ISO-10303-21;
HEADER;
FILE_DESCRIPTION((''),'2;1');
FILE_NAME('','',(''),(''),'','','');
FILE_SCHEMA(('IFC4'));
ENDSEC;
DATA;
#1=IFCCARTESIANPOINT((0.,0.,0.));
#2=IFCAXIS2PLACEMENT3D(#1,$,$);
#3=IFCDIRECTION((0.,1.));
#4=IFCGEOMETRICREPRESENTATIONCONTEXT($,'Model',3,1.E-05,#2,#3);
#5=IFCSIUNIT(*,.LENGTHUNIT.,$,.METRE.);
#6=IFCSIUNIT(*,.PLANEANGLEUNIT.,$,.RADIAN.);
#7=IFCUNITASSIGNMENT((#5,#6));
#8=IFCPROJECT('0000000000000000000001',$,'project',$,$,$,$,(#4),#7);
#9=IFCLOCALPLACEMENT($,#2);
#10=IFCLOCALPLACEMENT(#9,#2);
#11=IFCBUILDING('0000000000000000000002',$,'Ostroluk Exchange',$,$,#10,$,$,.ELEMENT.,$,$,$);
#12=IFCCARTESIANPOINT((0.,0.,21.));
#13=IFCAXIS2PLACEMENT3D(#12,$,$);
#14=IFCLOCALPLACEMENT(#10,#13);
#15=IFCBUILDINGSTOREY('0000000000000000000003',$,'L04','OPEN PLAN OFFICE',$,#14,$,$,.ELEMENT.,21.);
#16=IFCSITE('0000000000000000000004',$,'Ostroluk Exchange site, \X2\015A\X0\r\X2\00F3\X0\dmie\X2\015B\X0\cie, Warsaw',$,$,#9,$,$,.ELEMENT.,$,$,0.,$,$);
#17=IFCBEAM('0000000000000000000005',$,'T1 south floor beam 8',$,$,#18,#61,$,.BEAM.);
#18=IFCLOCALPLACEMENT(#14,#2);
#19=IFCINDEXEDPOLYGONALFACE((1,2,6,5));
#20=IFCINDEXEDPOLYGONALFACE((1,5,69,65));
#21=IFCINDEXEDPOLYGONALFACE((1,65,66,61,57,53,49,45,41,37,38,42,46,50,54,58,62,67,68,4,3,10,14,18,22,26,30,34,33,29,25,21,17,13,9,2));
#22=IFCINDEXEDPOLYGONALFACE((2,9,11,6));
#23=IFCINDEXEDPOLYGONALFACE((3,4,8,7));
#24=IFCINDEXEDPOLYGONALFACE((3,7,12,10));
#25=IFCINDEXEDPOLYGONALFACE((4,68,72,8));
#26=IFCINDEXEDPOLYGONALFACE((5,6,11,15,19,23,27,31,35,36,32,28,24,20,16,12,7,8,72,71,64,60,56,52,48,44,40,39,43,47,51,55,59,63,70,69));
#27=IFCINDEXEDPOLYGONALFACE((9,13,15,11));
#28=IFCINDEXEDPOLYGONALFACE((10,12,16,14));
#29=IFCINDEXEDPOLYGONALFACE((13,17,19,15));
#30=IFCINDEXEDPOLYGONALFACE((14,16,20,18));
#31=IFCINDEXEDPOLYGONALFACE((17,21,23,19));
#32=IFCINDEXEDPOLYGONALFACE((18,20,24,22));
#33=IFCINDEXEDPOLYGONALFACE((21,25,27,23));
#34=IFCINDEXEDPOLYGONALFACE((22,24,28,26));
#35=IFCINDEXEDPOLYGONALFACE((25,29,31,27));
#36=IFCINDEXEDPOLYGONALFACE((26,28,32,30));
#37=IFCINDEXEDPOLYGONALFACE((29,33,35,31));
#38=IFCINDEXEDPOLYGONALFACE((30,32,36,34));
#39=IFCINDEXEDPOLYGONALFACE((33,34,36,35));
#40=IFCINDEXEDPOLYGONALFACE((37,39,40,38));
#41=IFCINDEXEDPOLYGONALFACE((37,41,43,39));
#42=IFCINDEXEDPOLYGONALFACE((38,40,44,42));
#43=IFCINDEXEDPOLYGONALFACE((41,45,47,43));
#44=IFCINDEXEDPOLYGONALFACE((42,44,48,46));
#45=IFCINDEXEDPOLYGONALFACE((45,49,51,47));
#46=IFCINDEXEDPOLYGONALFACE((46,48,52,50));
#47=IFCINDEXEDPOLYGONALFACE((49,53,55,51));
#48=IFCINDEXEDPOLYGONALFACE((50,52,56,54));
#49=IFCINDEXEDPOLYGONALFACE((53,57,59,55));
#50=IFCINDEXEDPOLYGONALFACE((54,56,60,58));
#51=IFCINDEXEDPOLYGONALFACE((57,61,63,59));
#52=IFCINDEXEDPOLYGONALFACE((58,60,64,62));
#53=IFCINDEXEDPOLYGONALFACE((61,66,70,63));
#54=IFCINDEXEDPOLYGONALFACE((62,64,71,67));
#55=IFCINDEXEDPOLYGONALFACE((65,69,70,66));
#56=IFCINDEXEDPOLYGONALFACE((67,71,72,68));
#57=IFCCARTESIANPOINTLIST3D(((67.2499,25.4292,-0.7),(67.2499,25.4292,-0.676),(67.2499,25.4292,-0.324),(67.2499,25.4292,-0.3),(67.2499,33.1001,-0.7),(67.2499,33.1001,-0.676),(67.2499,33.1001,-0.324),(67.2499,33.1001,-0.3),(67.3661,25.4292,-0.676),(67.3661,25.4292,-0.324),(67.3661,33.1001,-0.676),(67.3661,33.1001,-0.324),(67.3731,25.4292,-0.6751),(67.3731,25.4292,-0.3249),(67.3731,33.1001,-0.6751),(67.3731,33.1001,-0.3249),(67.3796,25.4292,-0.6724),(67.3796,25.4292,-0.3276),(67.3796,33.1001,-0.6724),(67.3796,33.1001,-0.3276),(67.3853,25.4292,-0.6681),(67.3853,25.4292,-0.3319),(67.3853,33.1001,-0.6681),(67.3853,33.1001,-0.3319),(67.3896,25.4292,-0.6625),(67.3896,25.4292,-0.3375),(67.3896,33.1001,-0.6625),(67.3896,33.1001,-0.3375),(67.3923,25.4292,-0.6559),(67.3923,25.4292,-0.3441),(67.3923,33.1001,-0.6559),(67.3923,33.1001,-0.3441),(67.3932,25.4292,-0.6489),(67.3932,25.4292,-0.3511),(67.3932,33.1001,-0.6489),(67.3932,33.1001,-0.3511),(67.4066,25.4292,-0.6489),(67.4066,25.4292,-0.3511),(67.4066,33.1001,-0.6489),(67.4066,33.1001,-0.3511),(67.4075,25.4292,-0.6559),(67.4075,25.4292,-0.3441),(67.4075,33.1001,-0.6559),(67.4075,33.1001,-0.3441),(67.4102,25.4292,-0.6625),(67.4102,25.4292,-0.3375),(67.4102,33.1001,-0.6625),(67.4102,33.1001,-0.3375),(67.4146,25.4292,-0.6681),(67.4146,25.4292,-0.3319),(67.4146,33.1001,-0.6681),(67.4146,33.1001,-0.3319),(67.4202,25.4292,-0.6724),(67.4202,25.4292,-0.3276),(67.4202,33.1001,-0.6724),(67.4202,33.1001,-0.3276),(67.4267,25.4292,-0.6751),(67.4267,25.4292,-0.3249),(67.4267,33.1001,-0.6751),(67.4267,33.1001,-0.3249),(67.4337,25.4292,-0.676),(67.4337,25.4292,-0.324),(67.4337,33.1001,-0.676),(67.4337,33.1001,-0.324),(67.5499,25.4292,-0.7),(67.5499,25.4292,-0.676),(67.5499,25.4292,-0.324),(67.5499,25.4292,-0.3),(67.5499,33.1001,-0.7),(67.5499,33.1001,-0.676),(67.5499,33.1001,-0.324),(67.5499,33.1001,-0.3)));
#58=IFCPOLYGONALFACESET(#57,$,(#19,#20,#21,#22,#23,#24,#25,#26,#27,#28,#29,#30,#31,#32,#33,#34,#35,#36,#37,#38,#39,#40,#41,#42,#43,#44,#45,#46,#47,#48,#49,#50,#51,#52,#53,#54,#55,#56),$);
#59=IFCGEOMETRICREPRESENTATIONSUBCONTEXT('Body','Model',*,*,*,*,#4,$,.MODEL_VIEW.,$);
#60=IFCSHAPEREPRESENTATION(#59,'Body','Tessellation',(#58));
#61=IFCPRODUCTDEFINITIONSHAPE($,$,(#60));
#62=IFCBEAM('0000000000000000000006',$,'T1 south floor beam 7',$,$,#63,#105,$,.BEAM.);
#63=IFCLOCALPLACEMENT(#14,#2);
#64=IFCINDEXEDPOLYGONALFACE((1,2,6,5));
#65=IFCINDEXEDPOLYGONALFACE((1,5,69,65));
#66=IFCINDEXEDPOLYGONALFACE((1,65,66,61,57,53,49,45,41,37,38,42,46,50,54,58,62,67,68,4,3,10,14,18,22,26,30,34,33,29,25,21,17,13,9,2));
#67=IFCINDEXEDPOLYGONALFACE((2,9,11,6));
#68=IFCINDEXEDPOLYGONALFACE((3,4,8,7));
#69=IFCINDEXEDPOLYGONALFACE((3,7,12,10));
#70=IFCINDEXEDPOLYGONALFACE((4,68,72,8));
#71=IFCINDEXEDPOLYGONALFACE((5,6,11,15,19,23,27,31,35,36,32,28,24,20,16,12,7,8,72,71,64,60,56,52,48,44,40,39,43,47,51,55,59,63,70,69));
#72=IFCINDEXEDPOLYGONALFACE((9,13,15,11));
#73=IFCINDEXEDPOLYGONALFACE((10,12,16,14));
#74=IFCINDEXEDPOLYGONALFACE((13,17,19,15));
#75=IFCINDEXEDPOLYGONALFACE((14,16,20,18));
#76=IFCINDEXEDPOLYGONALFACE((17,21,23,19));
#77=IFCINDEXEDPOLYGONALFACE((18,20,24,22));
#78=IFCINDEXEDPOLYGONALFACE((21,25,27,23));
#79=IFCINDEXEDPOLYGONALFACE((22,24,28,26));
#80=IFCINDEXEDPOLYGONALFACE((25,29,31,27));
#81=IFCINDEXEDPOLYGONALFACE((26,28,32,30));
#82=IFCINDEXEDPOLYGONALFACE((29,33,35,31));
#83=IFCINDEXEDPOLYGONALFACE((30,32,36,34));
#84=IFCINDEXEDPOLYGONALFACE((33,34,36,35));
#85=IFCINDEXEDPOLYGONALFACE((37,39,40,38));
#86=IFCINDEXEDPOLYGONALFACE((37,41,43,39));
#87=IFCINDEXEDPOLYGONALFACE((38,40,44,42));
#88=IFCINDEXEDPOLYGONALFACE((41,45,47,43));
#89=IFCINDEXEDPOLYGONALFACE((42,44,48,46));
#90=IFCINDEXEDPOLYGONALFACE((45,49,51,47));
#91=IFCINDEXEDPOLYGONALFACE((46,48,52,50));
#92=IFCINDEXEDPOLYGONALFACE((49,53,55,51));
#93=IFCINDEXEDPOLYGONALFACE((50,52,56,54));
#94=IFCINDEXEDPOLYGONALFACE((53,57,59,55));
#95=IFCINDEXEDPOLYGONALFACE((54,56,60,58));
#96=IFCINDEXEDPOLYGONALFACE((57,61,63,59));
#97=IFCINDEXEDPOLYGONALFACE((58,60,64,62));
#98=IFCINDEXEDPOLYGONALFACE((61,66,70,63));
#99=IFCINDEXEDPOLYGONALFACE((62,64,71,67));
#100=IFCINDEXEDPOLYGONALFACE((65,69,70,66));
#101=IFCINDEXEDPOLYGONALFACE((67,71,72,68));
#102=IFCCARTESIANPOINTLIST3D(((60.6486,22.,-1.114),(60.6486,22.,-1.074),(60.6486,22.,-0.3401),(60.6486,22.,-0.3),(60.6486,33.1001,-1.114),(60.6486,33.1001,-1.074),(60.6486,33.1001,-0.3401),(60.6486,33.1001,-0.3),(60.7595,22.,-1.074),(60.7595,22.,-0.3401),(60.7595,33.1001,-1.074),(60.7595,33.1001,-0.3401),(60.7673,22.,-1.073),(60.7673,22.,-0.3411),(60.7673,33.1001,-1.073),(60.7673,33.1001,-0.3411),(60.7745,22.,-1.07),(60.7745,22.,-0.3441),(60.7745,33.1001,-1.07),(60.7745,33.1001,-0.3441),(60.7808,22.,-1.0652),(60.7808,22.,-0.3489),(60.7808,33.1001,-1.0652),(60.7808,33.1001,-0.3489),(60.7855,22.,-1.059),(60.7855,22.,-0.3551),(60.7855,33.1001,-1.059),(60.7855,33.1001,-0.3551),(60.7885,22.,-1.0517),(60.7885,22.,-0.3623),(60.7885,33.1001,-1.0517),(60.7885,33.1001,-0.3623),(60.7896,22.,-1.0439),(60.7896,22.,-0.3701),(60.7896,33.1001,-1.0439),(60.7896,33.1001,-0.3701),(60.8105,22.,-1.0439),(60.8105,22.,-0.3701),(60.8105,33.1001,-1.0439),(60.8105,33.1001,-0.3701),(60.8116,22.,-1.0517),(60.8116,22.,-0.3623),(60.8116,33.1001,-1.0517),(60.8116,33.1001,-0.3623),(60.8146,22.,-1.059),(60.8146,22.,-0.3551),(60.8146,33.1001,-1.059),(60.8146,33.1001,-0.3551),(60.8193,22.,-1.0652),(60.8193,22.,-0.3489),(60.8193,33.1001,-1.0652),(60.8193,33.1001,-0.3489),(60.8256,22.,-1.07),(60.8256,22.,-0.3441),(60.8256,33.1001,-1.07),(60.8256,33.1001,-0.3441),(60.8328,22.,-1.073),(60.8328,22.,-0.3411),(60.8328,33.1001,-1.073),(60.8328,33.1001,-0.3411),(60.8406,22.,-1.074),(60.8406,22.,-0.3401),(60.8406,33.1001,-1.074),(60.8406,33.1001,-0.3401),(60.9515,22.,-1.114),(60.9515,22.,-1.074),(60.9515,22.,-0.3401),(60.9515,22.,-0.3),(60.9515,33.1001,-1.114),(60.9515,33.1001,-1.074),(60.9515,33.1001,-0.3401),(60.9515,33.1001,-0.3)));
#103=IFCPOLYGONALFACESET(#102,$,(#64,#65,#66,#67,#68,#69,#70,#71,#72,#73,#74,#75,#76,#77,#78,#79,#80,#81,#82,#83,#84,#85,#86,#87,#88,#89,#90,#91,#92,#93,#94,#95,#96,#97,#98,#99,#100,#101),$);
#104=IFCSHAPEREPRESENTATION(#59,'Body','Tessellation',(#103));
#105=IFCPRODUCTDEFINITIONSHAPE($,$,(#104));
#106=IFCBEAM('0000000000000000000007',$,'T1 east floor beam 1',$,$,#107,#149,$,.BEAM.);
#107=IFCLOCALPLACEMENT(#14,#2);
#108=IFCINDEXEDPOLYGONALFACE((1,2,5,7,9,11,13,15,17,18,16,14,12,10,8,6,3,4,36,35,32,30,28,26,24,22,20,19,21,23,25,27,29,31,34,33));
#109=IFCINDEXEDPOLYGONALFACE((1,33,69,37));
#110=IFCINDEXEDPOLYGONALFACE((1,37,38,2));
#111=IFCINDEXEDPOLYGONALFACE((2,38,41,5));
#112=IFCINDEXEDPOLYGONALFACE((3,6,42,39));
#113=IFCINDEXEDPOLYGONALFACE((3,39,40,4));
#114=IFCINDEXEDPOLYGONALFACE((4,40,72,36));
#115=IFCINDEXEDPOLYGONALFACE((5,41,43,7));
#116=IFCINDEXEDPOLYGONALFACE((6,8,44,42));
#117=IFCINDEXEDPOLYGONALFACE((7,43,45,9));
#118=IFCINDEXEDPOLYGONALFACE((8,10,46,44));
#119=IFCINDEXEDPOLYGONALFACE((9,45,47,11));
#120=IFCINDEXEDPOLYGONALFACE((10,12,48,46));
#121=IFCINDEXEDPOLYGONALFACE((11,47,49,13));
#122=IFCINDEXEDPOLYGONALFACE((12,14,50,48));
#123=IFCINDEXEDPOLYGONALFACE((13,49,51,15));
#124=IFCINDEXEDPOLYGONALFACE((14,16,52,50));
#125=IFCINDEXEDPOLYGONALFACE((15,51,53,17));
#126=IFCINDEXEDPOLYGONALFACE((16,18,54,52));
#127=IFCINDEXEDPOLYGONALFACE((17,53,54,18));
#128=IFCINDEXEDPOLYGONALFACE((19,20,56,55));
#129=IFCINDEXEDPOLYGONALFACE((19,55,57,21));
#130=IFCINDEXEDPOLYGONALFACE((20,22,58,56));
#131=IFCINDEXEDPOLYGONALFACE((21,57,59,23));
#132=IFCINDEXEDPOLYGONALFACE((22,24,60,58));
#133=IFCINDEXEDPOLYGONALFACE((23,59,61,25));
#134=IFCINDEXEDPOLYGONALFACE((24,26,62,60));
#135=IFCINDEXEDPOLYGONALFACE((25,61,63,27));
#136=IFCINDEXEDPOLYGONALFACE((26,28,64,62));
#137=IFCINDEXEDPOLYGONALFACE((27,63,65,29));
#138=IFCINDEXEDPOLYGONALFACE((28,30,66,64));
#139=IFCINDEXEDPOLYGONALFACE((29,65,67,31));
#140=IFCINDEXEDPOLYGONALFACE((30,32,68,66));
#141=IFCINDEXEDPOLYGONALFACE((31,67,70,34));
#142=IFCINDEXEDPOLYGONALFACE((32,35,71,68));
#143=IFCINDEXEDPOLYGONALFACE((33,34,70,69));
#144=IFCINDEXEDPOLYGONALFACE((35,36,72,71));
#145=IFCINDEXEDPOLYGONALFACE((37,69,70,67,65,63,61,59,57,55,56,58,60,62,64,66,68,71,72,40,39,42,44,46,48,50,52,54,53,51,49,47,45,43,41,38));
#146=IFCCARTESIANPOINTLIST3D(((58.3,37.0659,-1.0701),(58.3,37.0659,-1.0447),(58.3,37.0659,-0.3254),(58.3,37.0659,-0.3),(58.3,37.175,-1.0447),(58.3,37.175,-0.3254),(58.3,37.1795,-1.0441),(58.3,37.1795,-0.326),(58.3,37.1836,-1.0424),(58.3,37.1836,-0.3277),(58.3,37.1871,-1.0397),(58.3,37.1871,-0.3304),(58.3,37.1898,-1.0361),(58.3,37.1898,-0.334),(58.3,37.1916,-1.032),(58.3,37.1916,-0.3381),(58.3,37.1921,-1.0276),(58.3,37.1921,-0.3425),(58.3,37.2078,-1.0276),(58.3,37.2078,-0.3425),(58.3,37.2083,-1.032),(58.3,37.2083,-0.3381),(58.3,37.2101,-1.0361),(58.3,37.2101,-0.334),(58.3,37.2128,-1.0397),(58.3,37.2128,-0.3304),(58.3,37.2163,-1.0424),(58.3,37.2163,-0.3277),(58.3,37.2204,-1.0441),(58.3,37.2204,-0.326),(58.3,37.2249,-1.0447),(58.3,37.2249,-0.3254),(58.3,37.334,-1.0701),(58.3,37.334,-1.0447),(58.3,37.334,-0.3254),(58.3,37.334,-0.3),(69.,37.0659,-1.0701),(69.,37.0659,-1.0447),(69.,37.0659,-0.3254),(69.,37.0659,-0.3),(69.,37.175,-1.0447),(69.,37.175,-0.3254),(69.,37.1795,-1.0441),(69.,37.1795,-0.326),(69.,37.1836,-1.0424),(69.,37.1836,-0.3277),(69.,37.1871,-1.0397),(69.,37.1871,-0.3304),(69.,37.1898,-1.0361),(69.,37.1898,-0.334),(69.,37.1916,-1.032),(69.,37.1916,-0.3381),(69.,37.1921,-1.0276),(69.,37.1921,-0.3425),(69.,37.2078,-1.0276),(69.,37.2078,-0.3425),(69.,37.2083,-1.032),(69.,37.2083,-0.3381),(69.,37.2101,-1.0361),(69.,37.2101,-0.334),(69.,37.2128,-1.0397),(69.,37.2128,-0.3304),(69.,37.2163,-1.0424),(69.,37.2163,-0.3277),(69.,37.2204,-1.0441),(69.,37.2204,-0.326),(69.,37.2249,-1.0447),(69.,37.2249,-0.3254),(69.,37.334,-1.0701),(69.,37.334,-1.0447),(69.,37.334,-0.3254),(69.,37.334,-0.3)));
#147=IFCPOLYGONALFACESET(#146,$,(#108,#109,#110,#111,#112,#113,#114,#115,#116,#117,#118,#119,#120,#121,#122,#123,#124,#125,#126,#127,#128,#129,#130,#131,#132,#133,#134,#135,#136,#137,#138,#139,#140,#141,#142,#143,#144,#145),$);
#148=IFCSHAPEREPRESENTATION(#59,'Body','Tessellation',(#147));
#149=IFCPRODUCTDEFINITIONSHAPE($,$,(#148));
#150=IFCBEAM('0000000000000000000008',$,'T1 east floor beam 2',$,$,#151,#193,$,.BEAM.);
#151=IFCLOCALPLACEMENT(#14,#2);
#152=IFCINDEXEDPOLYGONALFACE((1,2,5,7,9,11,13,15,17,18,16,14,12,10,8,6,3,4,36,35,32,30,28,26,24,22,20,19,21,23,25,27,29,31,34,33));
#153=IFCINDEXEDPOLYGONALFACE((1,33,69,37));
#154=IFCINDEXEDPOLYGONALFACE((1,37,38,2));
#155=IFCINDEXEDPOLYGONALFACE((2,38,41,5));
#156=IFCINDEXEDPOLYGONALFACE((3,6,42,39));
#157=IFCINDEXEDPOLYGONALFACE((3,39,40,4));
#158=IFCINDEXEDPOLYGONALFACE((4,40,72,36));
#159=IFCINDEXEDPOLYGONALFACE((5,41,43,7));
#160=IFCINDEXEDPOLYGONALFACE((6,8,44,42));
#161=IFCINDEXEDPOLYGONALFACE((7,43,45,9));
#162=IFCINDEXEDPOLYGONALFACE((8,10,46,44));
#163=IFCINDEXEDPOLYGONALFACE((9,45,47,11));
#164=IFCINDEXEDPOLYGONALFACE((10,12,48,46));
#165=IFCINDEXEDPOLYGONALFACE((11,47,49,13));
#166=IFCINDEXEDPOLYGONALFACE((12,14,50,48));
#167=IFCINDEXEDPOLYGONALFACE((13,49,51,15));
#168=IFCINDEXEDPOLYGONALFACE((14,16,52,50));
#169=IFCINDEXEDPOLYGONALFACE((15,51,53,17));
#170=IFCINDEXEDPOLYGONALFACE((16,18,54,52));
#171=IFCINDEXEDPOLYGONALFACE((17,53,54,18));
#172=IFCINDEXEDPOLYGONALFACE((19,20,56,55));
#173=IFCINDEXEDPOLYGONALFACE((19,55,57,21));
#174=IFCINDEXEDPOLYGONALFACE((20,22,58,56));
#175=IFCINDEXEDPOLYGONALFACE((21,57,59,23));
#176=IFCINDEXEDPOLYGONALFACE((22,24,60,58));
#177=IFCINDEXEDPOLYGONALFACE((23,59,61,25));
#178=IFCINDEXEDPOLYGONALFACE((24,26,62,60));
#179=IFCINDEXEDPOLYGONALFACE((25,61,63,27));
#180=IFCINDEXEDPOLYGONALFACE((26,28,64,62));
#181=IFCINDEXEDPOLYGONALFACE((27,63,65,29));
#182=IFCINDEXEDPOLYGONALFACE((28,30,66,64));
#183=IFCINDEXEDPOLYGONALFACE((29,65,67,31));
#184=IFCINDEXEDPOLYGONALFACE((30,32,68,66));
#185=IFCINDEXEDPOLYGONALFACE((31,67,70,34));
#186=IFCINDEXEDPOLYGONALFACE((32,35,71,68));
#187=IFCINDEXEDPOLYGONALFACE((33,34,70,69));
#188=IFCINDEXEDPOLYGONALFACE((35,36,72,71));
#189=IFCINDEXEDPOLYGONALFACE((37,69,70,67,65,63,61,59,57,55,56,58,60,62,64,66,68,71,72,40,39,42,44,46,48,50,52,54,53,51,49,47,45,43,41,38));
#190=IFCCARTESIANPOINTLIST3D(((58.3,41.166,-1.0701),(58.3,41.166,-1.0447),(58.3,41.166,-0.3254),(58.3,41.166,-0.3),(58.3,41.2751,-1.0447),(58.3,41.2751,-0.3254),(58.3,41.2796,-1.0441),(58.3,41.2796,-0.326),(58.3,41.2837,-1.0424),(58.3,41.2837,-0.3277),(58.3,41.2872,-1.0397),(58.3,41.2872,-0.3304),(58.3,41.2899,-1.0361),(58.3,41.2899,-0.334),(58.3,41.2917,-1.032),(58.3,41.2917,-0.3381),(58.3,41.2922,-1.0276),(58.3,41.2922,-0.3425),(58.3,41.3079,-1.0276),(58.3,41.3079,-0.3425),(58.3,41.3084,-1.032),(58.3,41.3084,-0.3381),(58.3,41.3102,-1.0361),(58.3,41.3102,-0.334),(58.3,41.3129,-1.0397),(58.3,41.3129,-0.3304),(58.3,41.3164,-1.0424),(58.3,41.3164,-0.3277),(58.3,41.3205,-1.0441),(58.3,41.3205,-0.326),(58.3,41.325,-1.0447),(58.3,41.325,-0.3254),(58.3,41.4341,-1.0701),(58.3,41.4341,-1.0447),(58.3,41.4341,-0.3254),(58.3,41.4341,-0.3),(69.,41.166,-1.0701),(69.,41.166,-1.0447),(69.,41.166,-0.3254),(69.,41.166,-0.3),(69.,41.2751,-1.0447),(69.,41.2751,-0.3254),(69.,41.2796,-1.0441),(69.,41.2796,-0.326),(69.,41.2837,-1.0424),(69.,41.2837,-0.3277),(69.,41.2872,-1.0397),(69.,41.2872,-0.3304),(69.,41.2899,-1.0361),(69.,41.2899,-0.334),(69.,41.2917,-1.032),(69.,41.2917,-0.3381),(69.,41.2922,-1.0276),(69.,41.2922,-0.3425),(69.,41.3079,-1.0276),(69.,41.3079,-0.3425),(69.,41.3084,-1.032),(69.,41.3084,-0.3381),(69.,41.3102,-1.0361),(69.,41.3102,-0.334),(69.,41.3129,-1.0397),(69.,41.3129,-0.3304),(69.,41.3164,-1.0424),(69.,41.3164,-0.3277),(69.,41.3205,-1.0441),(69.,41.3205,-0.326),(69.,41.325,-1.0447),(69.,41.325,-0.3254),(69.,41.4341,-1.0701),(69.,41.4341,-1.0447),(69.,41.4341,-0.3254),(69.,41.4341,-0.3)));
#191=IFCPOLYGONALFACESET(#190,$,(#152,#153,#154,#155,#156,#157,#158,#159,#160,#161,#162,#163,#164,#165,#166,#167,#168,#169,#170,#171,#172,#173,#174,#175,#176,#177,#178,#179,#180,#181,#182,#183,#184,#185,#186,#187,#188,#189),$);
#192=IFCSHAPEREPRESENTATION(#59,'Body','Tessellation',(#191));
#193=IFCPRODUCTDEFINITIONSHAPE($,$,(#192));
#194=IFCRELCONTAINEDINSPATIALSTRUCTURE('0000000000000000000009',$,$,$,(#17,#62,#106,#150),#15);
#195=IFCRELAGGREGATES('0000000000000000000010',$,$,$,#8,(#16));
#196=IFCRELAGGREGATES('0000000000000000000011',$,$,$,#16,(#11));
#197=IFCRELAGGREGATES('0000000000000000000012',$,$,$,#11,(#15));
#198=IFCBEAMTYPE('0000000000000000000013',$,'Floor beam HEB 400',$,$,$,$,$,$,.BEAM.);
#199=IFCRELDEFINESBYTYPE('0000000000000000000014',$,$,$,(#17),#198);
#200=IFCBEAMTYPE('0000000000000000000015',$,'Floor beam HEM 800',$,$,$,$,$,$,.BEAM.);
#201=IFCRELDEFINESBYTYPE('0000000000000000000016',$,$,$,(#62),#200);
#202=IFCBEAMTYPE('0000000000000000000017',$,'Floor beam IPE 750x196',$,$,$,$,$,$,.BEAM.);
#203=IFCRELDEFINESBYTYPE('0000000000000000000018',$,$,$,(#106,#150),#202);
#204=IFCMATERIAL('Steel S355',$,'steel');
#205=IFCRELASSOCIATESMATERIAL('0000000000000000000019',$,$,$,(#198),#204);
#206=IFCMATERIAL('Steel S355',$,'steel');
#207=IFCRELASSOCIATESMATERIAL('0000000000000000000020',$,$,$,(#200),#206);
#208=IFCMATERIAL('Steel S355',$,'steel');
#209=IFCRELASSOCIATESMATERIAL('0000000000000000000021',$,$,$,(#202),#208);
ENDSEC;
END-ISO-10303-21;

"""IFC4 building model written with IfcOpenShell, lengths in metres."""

from ifc_helpers import new_model, si_unit, direction, frame, origin, origin_2d, place, context, subcontext, project, spatial, i_section, extrude, material, material_profile, profile_set, type_object, element, save


model = new_model("IFC4")

# Units and contexts
model_context = context("Model", 3, precision=1e-05, world=origin(), true_north=direction((0.0, 1.0)))
body_context = subcontext(model_context, "Body", "Model", "MODEL_VIEW")
ifc_project = project(units=[si_unit("LENGTHUNIT", "METRE"), si_unit("PLANEANGLEUNIT", "RADIAN")], contexts=[model_context])

# Site, building, storey
site_placement = place(None, origin())
site = spatial("IfcSite", under=ifc_project, at=site_placement, Name="Ostroluk Exchange site, Śródmieście, Warsaw", CompositionType="ELEMENT", RefElevation=0.0)
building_placement = place(site_placement, origin())
building = spatial("IfcBuilding", under=site, at=building_placement, Name="Ostroluk Exchange", CompositionType="ELEMENT")
storey_placement = place(building_placement, frame((0.0, 0.0, 21.0)))
storey = spatial("IfcBuildingStorey", under=building, at=storey_placement, Name="L04", Description="OPEN PLAN OFFICE", CompositionType="ELEMENT", Elevation=21.0)

# Beams
ifc_material_1 = material(Name="Steel S355", Category="steel")
ifc_material_profile_1 = material_profile(ifc_material_1, i_section(OverallWidth=0.3, OverallDepth=0.3999, WebThickness=0.0134, FlangeThickness=0.0239, FilletRadius=0.0271, at=origin_2d()), Name="HEB 400")
ifc_profile_set_1 = profile_set([ifc_material_profile_1], Name="Steel S355")
beam_type_1 = type_object("IfcBeamType", Name="Floor beam HEB 400", PredefinedType="BEAM", material=ifc_profile_set_1)
beam_1_placement = place(storey_placement, frame((67.3999, 33.1001, -0.5), z_axis=(0.0, -1.0, 0.0), x_axis=(1.0, 0.0, 0.0)))
element("IfcBeam", 1, at=beam_1_placement, inside=storey, type_object=beam_type_1, Name="T1 south floor beam 8", PredefinedType="BEAM", context=body_context, shape_type="SweptSolid", body=[
    extrude(i_section(OverallWidth=0.3, OverallDepth=0.3999, WebThickness=0.0134, FlangeThickness=0.0239, FilletRadius=0.0271, at=origin_2d()), origin(), (0.0, 0.0, 1.0), 7.6709),
])
ifc_material_2 = material(Name="Steel S355", Category="steel")
ifc_material_profile_2 = material_profile(ifc_material_2, i_section(OverallWidth=0.303, OverallDepth=0.814, WebThickness=0.021, FlangeThickness=0.04, FilletRadius=0.03, at=origin_2d()), Name="HEM 800")
ifc_profile_set_2 = profile_set([ifc_material_profile_2], Name="Steel S355")
beam_type_2 = type_object("IfcBeamType", Name="Floor beam HEM 800", PredefinedType="BEAM", material=ifc_profile_set_2)
beam_2_placement = place(storey_placement, frame((60.8, 33.1001, -0.707), z_axis=(0.0, -1.0, 0.0), x_axis=(1.0, 0.0, 0.0)))
element("IfcBeam", 2, at=beam_2_placement, inside=storey, type_object=beam_type_2, Name="T1 south floor beam 7", PredefinedType="BEAM", context=body_context, shape_type="SweptSolid", body=[
    extrude(i_section(OverallWidth=0.303, OverallDepth=0.814, WebThickness=0.021, FlangeThickness=0.04, FilletRadius=0.03, at=origin_2d()), origin(), (0.0, 0.0, 1.0), 11.1001),
])
ifc_material_3 = material(Name="Steel S355", Category="steel")
ifc_material_profile_3 = material_profile(ifc_material_3, i_section(OverallWidth=0.2681, OverallDepth=0.77, WebThickness=0.0156, FlangeThickness=0.0254, FilletRadius=0.0171, at=origin_2d()), Name="IPE 750x196")
ifc_profile_set_3 = profile_set([ifc_material_profile_3], Name="Steel S355")
beam_type_3 = type_object("IfcBeamType", Name="Floor beam IPE 750x196", PredefinedType="BEAM", material=ifc_profile_set_3)
for number, where, z_axis, x_axis, name in (
    (3, (58.3, 37.2, -0.6851), (1.0, 0.0, 0.0), (0.0, 1.0, 0.0), "T1 east floor beam 1"),
    (4, (58.3, 41.3, -0.6851), (1.0, 0.0, 0.0), (0.0, 1.0, 0.0), "T1 east floor beam 2"),
):
    element("IfcBeam", number, at=place(storey_placement, frame(where, z_axis=z_axis, x_axis=x_axis)), inside=storey, type_object=beam_type_3, Name=name, PredefinedType="BEAM", context=body_context, shape_type="SweptSolid", body=[
        extrude(i_section(OverallWidth=0.2681, OverallDepth=0.77, WebThickness=0.0156, FlangeThickness=0.0254, FilletRadius=0.0171, at=origin_2d()), origin(), (0.0, 0.0, 1.0), 10.7),
    ])

save(model, "model.ifc")
